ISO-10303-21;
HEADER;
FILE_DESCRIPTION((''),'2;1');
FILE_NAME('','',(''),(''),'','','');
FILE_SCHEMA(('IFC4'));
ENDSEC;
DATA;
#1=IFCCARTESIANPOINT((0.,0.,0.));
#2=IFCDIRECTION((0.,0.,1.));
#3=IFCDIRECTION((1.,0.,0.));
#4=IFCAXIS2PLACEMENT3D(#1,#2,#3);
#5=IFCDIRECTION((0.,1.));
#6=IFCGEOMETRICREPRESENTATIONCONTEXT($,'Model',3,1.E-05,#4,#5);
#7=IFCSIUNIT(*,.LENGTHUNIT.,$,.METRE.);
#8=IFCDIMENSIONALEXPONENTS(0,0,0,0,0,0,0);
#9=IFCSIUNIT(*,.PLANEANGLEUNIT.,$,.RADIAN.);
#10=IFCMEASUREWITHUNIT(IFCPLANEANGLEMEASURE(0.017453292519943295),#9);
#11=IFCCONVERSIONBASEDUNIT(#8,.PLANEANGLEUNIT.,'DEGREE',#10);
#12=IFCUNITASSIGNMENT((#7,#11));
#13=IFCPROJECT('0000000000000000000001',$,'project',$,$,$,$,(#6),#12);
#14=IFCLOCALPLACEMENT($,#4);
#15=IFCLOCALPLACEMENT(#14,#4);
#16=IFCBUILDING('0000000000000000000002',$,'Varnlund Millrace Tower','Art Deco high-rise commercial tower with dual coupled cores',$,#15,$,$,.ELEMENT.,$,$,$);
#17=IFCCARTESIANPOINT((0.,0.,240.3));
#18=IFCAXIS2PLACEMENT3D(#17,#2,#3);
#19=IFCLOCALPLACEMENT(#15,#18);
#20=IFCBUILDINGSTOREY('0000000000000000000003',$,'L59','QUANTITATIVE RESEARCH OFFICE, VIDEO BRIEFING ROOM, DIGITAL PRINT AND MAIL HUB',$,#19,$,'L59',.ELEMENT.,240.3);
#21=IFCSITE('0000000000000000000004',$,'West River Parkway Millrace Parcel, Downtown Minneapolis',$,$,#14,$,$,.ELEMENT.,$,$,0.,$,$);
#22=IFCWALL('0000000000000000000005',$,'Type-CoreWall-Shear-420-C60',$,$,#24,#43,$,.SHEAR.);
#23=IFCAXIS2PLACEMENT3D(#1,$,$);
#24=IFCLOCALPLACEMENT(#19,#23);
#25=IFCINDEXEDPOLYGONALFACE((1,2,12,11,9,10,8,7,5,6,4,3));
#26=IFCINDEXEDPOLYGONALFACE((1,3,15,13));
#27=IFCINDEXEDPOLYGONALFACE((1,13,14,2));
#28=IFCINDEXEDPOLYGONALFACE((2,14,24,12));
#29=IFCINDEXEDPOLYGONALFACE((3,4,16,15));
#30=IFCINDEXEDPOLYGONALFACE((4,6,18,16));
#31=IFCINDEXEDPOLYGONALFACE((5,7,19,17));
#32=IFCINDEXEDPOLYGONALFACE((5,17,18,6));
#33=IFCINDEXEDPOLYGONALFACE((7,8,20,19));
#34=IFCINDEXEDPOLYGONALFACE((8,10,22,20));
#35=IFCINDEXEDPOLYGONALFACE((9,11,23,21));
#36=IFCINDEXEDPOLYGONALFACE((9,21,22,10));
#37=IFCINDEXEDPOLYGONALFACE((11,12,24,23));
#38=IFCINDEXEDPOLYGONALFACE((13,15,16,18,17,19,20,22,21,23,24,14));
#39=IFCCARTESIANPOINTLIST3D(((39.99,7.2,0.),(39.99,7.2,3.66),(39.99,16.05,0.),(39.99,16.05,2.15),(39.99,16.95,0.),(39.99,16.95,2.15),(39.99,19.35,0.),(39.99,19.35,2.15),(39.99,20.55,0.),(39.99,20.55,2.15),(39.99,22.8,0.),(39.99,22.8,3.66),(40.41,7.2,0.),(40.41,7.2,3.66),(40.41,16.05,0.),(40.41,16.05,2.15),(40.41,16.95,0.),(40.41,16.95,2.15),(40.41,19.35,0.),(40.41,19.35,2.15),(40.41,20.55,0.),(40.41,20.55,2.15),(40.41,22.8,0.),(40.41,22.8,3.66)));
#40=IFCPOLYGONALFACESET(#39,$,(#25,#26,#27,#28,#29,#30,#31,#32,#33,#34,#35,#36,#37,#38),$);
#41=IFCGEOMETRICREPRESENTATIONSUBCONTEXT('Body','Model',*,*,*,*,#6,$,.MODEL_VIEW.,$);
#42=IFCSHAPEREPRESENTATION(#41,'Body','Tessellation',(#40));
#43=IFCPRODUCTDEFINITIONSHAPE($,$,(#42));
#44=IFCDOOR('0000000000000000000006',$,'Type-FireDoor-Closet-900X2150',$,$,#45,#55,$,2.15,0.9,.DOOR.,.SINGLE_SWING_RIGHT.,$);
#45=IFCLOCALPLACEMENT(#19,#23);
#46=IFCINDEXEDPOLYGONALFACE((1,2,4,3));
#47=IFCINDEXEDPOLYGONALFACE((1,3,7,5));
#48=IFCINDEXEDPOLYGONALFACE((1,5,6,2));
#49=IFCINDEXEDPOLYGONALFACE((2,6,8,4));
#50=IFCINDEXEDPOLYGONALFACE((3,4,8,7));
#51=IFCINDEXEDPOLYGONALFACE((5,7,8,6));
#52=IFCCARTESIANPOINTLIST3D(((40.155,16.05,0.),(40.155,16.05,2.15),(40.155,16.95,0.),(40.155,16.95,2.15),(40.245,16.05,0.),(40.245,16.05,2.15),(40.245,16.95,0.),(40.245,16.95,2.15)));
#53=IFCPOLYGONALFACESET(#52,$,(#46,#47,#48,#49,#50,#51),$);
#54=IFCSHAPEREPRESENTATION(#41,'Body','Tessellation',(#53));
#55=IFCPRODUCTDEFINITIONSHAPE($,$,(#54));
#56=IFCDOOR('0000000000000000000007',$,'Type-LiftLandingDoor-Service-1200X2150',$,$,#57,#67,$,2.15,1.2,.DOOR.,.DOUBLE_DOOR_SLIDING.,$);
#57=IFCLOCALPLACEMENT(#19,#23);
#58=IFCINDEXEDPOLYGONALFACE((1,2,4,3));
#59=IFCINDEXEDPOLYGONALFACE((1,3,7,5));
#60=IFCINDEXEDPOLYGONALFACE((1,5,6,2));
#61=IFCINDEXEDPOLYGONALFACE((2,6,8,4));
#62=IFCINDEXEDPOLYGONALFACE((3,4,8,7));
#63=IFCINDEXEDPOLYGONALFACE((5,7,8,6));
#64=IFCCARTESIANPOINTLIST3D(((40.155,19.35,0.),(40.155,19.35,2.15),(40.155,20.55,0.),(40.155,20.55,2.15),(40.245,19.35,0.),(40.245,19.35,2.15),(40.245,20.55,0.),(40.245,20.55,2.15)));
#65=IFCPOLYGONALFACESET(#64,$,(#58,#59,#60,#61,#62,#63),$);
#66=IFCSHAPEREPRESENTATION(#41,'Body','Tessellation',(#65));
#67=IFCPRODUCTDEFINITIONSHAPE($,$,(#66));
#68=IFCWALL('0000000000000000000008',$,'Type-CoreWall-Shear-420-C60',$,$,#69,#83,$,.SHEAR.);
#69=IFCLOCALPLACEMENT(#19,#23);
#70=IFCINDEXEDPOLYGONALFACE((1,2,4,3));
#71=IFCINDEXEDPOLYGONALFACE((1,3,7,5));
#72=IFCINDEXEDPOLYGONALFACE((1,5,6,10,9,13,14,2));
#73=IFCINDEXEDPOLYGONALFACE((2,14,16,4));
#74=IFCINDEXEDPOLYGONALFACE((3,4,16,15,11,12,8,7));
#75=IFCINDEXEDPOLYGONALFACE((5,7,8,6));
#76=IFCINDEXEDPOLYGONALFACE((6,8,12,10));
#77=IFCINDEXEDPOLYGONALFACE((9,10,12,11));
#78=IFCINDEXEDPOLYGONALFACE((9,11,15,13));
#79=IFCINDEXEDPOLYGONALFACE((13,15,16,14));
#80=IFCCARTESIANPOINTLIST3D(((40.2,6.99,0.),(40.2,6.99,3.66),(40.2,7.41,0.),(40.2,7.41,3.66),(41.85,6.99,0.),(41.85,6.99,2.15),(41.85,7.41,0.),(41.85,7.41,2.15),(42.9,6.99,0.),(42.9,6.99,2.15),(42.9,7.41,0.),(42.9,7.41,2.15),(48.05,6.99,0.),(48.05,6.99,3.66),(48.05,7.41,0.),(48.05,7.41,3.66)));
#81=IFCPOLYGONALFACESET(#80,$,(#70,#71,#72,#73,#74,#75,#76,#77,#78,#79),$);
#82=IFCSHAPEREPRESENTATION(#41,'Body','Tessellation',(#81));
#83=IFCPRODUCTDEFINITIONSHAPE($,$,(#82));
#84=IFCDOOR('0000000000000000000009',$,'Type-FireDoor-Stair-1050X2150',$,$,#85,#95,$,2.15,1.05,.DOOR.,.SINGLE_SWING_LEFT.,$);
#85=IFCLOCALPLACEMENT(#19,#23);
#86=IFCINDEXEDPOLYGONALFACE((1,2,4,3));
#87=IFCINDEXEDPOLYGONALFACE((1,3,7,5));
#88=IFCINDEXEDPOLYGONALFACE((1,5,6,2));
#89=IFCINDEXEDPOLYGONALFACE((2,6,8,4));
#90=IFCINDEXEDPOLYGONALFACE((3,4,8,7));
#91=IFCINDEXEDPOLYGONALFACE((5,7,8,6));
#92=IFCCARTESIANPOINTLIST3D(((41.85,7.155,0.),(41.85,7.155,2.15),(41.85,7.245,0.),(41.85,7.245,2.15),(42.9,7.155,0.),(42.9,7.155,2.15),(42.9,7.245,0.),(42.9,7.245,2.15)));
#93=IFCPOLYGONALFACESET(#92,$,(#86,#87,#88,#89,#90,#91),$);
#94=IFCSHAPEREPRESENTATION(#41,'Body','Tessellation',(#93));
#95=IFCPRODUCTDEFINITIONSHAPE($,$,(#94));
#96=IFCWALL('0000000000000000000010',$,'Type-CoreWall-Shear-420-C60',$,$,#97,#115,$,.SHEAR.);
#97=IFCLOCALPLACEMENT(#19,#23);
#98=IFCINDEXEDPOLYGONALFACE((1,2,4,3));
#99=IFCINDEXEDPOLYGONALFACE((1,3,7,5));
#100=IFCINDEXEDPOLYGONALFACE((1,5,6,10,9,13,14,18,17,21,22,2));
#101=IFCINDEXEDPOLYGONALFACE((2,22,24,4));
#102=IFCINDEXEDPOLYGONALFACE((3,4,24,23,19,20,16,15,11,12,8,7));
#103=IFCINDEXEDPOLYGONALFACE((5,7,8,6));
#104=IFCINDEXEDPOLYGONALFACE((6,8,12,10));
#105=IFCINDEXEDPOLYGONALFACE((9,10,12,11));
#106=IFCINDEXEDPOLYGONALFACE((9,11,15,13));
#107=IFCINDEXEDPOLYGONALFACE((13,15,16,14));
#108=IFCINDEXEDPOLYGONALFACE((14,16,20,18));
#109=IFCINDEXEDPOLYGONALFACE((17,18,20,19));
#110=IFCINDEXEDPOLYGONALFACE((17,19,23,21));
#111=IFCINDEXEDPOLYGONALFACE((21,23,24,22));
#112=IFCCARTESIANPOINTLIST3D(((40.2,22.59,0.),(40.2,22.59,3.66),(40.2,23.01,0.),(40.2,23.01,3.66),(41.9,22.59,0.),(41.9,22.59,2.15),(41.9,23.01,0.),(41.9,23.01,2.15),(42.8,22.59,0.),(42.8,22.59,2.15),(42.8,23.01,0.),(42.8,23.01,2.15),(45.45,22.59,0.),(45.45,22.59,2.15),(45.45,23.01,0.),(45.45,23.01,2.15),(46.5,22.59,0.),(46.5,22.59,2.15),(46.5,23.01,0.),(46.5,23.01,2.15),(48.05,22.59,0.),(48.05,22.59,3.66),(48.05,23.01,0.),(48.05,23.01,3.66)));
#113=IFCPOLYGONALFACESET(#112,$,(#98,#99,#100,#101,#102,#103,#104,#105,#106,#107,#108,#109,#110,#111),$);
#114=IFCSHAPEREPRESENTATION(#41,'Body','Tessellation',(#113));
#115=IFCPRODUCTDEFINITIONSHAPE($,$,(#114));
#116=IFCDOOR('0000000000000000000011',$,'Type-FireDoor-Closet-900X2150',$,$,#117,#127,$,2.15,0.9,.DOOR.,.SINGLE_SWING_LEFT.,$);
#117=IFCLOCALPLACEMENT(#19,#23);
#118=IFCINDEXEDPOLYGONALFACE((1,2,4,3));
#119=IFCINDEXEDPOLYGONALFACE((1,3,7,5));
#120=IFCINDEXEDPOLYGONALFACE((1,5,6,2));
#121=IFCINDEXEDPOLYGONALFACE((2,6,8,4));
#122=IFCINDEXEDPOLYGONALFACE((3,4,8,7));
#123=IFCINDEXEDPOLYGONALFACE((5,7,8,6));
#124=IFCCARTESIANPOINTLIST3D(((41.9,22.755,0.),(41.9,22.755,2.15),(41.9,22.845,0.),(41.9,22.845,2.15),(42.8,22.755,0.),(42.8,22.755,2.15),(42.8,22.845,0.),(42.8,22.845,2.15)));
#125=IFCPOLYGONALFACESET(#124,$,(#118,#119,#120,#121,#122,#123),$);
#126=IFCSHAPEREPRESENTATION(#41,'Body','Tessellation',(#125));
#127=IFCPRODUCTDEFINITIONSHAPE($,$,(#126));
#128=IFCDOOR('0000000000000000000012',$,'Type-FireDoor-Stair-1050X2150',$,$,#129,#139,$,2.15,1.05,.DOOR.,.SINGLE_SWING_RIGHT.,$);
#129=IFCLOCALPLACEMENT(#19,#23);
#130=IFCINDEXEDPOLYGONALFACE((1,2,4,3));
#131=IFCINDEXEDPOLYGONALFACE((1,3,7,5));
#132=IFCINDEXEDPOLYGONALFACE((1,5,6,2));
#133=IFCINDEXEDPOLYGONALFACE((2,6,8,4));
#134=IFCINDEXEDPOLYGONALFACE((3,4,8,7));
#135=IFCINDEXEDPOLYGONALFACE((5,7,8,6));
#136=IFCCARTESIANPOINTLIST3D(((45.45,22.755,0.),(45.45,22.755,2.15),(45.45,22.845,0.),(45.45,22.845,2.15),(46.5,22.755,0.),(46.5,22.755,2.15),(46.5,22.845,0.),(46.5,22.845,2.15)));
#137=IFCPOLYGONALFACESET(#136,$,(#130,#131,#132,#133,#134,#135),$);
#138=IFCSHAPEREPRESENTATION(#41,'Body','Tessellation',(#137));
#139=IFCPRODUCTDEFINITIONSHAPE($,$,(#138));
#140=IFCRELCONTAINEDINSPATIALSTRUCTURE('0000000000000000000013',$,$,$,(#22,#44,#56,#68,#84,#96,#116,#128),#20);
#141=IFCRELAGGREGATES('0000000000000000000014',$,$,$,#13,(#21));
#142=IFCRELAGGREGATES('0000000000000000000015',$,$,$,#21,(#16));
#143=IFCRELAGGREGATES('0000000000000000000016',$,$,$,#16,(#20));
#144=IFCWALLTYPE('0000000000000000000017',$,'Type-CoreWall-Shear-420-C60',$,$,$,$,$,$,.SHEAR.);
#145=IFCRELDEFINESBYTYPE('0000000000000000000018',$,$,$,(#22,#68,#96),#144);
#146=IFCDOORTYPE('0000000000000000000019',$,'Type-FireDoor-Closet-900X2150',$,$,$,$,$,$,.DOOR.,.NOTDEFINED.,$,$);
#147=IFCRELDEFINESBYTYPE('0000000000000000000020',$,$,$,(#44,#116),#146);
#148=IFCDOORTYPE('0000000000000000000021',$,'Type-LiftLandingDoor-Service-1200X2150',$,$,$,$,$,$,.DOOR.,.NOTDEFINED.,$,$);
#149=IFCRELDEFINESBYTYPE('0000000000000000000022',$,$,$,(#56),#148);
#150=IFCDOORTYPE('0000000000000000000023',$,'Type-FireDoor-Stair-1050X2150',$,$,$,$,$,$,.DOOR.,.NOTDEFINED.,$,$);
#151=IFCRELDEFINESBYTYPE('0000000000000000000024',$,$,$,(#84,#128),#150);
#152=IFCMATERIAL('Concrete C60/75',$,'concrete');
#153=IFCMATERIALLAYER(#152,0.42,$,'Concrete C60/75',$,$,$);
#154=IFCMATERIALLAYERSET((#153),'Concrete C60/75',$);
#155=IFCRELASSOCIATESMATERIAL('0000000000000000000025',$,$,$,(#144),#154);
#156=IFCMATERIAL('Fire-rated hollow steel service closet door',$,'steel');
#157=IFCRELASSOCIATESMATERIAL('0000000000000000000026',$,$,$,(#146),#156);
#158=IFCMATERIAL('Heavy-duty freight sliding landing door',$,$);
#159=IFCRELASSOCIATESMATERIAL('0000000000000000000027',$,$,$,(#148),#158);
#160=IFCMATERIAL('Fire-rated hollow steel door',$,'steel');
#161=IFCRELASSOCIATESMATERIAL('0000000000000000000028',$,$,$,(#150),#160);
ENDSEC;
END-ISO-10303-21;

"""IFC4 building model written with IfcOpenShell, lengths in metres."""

from ifc_helpers import new_model, entity, si_unit, converted_unit, direction, frame, origin_with_axes, origin_2d_with_axis, place, context, subcontext, project, spatial, polyline, rectangle, outline, extrude, material, layer, layer_set, type_object, element, fill, save


model = new_model("IFC4")

# Units and contexts
model_context = context("Model", 3, precision=1e-05, world=origin_with_axes(), true_north=direction((0.0, 1.0)))
body_context = subcontext(model_context, "Body", "Model", "MODEL_VIEW")
ifc_project = project(units=[si_unit("LENGTHUNIT", "METRE"), converted_unit("PLANEANGLEUNIT", "DEGREE", entity("IfcPlaneAngleMeasure", 0.017453292519943295), si_unit("PLANEANGLEUNIT", "RADIAN"), dimensions=[0, 0, 0, 0, 0, 0, 0])], contexts=[model_context])

# Site, building, storey
site_placement = place(None, origin_with_axes())
site = spatial("IfcSite", under=ifc_project, at=site_placement, Name="West River Parkway Millrace Parcel, Downtown Minneapolis", CompositionType="ELEMENT", RefElevation=0.0)
building_placement = place(site_placement, origin_with_axes())
building = spatial("IfcBuilding", under=site, at=building_placement, Name="Varnlund Millrace Tower", Description="Art Deco high-rise commercial tower with dual coupled cores", CompositionType="ELEMENT")
storey_placement = place(building_placement, frame((0.0, 0.0, 240.3), z_axis=(0.0, 0.0, 1.0), x_axis=(1.0, 0.0, 0.0)))
storey = spatial("IfcBuildingStorey", under=building, at=storey_placement, Name="L59", Description="QUANTITATIVE RESEARCH OFFICE, VIDEO BRIEFING ROOM, DIGITAL PRINT AND MAIL HUB", LongName="L59", CompositionType="ELEMENT", Elevation=240.3)

# Wall, openings, doors
ifc_material_1 = material(Name="Concrete C60/75", Category="concrete")
ifc_layer_1 = layer(ifc_material_1, 0.42, Name="Concrete C60/75")
ifc_layer_set_1 = layer_set([ifc_layer_1], Name="Concrete C60/75")
wall_type_1 = type_object("IfcWallType", Name="Type-CoreWall-Shear-420-C60", PredefinedType="SHEAR", material=ifc_layer_set_1)
wall_1_placement = place(storey_placement, frame((40.2, 7.2, 0.0), z_axis=(0.0, 0.0, 1.0), x_axis=(0.0, 1.0, 0.0)))
wall_1 = element("IfcWall", 1, at=wall_1_placement, inside=storey, type_object=wall_type_1, Name="Type-CoreWall-Shear-420-C60", PredefinedType="SHEAR", context=body_context, shape_type="SweptSolid", body=[
    extrude(outline(polyline([(0.0, -0.21), (15.6, -0.21), (15.6, 0.21), (0.0, 0.21), (0.0, -0.21)])), origin_with_axes(), (0.0, 0.0, 1.0), 3.66),
])
opening_1_placement = place(wall_1_placement, frame((12.75, 0.0, 0.0), z_axis=(0.0, 0.0, 1.0), x_axis=(1.0, 0.0, 0.0)))
opening_1 = element("IfcOpeningElement", 2, at=opening_1_placement, cuts=wall_1, PredefinedType="OPENING", context=body_context, shape_type="SweptSolid", body=[
    extrude(rectangle(XDim=1.2, YDim=0.44, at=origin_2d_with_axis()), origin_with_axes(), (0.0, 0.0, 1.0), 2.15),
])
opening_2_placement = place(wall_1_placement, frame((9.3, 0.0, 0.0), z_axis=(0.0, 0.0, 1.0), x_axis=(1.0, 0.0, 0.0)))
opening_2 = element("IfcOpeningElement", 3, at=opening_2_placement, cuts=wall_1, PredefinedType="OPENING", context=body_context, shape_type="SweptSolid", body=[
    extrude(rectangle(XDim=0.9, YDim=0.44, at=origin_2d_with_axis()), origin_with_axes(), (0.0, 0.0, 1.0), 2.15),
])
ifc_material_2 = material(Name="Fire-rated hollow steel service closet door", Category="steel")
door_type_1 = type_object("IfcDoorType", Name="Type-FireDoor-Closet-900X2150", OperationType="NOTDEFINED", PredefinedType="DOOR", material=ifc_material_2)
door_1_placement = place(wall_1_placement, frame((9.3, 0.0, 0.0), z_axis=(0.0, 0.0, 1.0), x_axis=(1.0, 0.0, 0.0)))
door_1 = element("IfcDoor", 4, at=door_1_placement, inside=storey, type_object=door_type_1, Name="Type-FireDoor-Closet-900X2150", OperationType="SINGLE_SWING_RIGHT", OverallHeight=2.15, OverallWidth=0.9, PredefinedType="DOOR", context=body_context, shape_type="SweptSolid", body=[
    extrude(rectangle(XDim=0.9, YDim=0.09, at=origin_2d_with_axis()), origin_with_axes(), (0.0, 0.0, 1.0), 2.15),
])
fill(opening_2, door_1)
ifc_material_3 = material(Name="Heavy-duty freight sliding landing door")
door_type_2 = type_object("IfcDoorType", Name="Type-LiftLandingDoor-Service-1200X2150", OperationType="NOTDEFINED", PredefinedType="DOOR", material=ifc_material_3)
door_2_placement = place(wall_1_placement, frame((12.75, 0.0, 0.0), z_axis=(0.0, 0.0, 1.0), x_axis=(1.0, 0.0, 0.0)))
door_2 = element("IfcDoor", 5, at=door_2_placement, inside=storey, type_object=door_type_2, Name="Type-LiftLandingDoor-Service-1200X2150", OperationType="DOUBLE_DOOR_SLIDING", OverallHeight=2.15, OverallWidth=1.2, PredefinedType="DOOR", context=body_context, shape_type="SweptSolid", body=[
    extrude(rectangle(XDim=1.2, YDim=0.09, at=origin_2d_with_axis()), origin_with_axes(), (0.0, 0.0, 1.0), 2.15),
])
fill(opening_1, door_2)

# Wall, opening, door
wall_2_placement = place(storey_placement, frame((40.2, 7.2, 0.0), z_axis=(0.0, 0.0, 1.0), x_axis=(1.0, 0.0, 0.0)))
wall_2 = element("IfcWall", 6, at=wall_2_placement, inside=storey, type_object=wall_type_1, Name="Type-CoreWall-Shear-420-C60", PredefinedType="SHEAR", context=body_context, shape_type="SweptSolid", body=[
    extrude(outline(polyline([(0.0, -0.21), (7.85, -0.21), (7.85, 0.21), (0.0, 0.21), (0.0, -0.21)])), origin_with_axes(), (0.0, 0.0, 1.0), 3.66),
])
opening_3_placement = place(wall_2_placement, frame((2.175, 0.0, 0.0), z_axis=(0.0, 0.0, 1.0), x_axis=(1.0, 0.0, 0.0)))
opening_3 = element("IfcOpeningElement", 7, at=opening_3_placement, cuts=wall_2, PredefinedType="OPENING", context=body_context, shape_type="SweptSolid", body=[
    extrude(rectangle(XDim=1.05, YDim=0.44, at=origin_2d_with_axis()), origin_with_axes(), (0.0, 0.0, 1.0), 2.15),
])
ifc_material_4 = material(Name="Fire-rated hollow steel door", Category="steel")
door_type_3 = type_object("IfcDoorType", Name="Type-FireDoor-Stair-1050X2150", OperationType="NOTDEFINED", PredefinedType="DOOR", material=ifc_material_4)
door_3_placement = place(wall_2_placement, frame((2.175, 0.0, 0.0), z_axis=(0.0, 0.0, 1.0), x_axis=(1.0, 0.0, 0.0)))
door_3 = element("IfcDoor", 8, at=door_3_placement, inside=storey, type_object=door_type_3, Name="Type-FireDoor-Stair-1050X2150", OperationType="SINGLE_SWING_LEFT", OverallHeight=2.15, OverallWidth=1.05, PredefinedType="DOOR", context=body_context, shape_type="SweptSolid", body=[
    extrude(rectangle(XDim=1.05, YDim=0.09, at=origin_2d_with_axis()), origin_with_axes(), (0.0, 0.0, 1.0), 2.15),
])
fill(opening_3, door_3)

# Wall, openings, doors
wall_3_placement = place(storey_placement, frame((40.2, 22.8, 0.0), z_axis=(0.0, 0.0, 1.0), x_axis=(1.0, 0.0, 0.0)))
wall_3 = element("IfcWall", 9, at=wall_3_placement, inside=storey, type_object=wall_type_1, Name="Type-CoreWall-Shear-420-C60", PredefinedType="SHEAR", context=body_context, shape_type="SweptSolid", body=[
    extrude(outline(polyline([(0.0, -0.21), (7.85, -0.21), (7.85, 0.21), (0.0, 0.21), (0.0, -0.21)])), origin_with_axes(), (0.0, 0.0, 1.0), 3.66),
])
opening_4_placement = place(wall_3_placement, frame((5.775, 0.0, 0.0), z_axis=(0.0, 0.0, 1.0), x_axis=(1.0, 0.0, 0.0)))
opening_4 = element("IfcOpeningElement", 10, at=opening_4_placement, cuts=wall_3, PredefinedType="OPENING", context=body_context, shape_type="SweptSolid", body=[
    extrude(rectangle(XDim=1.05, YDim=0.44, at=origin_2d_with_axis()), origin_with_axes(), (0.0, 0.0, 1.0), 2.15),
])
opening_5_placement = place(wall_3_placement, frame((2.15, 0.0, 0.0), z_axis=(0.0, 0.0, 1.0), x_axis=(1.0, 0.0, 0.0)))
opening_5 = element("IfcOpeningElement", 11, at=opening_5_placement, cuts=wall_3, PredefinedType="OPENING", context=body_context, shape_type="SweptSolid", body=[
    extrude(rectangle(XDim=0.9, YDim=0.44, at=origin_2d_with_axis()), origin_with_axes(), (0.0, 0.0, 1.0), 2.15),
])
door_4_placement = place(wall_3_placement, frame((2.15, 0.0, 0.0), z_axis=(0.0, 0.0, 1.0), x_axis=(1.0, 0.0, 0.0)))
door_4 = element("IfcDoor", 12, at=door_4_placement, inside=storey, type_object=door_type_1, Name="Type-FireDoor-Closet-900X2150", OperationType="SINGLE_SWING_LEFT", OverallHeight=2.15, OverallWidth=0.9, PredefinedType="DOOR", context=body_context, shape_type="SweptSolid", body=[
    extrude(rectangle(XDim=0.9, YDim=0.09, at=origin_2d_with_axis()), origin_with_axes(), (0.0, 0.0, 1.0), 2.15),
])
fill(opening_5, door_4)
door_5_placement = place(wall_3_placement, frame((5.775, 0.0, 0.0), z_axis=(0.0, 0.0, 1.0), x_axis=(1.0, 0.0, 0.0)))
door_5 = element("IfcDoor", 13, at=door_5_placement, inside=storey, type_object=door_type_3, Name="Type-FireDoor-Stair-1050X2150", OperationType="SINGLE_SWING_RIGHT", OverallHeight=2.15, OverallWidth=1.05, PredefinedType="DOOR", context=body_context, shape_type="SweptSolid", body=[
    extrude(rectangle(XDim=1.05, YDim=0.09, at=origin_2d_with_axis()), origin_with_axes(), (0.0, 0.0, 1.0), 2.15),
])
fill(opening_4, door_5)

save(model, "model.ifc")
